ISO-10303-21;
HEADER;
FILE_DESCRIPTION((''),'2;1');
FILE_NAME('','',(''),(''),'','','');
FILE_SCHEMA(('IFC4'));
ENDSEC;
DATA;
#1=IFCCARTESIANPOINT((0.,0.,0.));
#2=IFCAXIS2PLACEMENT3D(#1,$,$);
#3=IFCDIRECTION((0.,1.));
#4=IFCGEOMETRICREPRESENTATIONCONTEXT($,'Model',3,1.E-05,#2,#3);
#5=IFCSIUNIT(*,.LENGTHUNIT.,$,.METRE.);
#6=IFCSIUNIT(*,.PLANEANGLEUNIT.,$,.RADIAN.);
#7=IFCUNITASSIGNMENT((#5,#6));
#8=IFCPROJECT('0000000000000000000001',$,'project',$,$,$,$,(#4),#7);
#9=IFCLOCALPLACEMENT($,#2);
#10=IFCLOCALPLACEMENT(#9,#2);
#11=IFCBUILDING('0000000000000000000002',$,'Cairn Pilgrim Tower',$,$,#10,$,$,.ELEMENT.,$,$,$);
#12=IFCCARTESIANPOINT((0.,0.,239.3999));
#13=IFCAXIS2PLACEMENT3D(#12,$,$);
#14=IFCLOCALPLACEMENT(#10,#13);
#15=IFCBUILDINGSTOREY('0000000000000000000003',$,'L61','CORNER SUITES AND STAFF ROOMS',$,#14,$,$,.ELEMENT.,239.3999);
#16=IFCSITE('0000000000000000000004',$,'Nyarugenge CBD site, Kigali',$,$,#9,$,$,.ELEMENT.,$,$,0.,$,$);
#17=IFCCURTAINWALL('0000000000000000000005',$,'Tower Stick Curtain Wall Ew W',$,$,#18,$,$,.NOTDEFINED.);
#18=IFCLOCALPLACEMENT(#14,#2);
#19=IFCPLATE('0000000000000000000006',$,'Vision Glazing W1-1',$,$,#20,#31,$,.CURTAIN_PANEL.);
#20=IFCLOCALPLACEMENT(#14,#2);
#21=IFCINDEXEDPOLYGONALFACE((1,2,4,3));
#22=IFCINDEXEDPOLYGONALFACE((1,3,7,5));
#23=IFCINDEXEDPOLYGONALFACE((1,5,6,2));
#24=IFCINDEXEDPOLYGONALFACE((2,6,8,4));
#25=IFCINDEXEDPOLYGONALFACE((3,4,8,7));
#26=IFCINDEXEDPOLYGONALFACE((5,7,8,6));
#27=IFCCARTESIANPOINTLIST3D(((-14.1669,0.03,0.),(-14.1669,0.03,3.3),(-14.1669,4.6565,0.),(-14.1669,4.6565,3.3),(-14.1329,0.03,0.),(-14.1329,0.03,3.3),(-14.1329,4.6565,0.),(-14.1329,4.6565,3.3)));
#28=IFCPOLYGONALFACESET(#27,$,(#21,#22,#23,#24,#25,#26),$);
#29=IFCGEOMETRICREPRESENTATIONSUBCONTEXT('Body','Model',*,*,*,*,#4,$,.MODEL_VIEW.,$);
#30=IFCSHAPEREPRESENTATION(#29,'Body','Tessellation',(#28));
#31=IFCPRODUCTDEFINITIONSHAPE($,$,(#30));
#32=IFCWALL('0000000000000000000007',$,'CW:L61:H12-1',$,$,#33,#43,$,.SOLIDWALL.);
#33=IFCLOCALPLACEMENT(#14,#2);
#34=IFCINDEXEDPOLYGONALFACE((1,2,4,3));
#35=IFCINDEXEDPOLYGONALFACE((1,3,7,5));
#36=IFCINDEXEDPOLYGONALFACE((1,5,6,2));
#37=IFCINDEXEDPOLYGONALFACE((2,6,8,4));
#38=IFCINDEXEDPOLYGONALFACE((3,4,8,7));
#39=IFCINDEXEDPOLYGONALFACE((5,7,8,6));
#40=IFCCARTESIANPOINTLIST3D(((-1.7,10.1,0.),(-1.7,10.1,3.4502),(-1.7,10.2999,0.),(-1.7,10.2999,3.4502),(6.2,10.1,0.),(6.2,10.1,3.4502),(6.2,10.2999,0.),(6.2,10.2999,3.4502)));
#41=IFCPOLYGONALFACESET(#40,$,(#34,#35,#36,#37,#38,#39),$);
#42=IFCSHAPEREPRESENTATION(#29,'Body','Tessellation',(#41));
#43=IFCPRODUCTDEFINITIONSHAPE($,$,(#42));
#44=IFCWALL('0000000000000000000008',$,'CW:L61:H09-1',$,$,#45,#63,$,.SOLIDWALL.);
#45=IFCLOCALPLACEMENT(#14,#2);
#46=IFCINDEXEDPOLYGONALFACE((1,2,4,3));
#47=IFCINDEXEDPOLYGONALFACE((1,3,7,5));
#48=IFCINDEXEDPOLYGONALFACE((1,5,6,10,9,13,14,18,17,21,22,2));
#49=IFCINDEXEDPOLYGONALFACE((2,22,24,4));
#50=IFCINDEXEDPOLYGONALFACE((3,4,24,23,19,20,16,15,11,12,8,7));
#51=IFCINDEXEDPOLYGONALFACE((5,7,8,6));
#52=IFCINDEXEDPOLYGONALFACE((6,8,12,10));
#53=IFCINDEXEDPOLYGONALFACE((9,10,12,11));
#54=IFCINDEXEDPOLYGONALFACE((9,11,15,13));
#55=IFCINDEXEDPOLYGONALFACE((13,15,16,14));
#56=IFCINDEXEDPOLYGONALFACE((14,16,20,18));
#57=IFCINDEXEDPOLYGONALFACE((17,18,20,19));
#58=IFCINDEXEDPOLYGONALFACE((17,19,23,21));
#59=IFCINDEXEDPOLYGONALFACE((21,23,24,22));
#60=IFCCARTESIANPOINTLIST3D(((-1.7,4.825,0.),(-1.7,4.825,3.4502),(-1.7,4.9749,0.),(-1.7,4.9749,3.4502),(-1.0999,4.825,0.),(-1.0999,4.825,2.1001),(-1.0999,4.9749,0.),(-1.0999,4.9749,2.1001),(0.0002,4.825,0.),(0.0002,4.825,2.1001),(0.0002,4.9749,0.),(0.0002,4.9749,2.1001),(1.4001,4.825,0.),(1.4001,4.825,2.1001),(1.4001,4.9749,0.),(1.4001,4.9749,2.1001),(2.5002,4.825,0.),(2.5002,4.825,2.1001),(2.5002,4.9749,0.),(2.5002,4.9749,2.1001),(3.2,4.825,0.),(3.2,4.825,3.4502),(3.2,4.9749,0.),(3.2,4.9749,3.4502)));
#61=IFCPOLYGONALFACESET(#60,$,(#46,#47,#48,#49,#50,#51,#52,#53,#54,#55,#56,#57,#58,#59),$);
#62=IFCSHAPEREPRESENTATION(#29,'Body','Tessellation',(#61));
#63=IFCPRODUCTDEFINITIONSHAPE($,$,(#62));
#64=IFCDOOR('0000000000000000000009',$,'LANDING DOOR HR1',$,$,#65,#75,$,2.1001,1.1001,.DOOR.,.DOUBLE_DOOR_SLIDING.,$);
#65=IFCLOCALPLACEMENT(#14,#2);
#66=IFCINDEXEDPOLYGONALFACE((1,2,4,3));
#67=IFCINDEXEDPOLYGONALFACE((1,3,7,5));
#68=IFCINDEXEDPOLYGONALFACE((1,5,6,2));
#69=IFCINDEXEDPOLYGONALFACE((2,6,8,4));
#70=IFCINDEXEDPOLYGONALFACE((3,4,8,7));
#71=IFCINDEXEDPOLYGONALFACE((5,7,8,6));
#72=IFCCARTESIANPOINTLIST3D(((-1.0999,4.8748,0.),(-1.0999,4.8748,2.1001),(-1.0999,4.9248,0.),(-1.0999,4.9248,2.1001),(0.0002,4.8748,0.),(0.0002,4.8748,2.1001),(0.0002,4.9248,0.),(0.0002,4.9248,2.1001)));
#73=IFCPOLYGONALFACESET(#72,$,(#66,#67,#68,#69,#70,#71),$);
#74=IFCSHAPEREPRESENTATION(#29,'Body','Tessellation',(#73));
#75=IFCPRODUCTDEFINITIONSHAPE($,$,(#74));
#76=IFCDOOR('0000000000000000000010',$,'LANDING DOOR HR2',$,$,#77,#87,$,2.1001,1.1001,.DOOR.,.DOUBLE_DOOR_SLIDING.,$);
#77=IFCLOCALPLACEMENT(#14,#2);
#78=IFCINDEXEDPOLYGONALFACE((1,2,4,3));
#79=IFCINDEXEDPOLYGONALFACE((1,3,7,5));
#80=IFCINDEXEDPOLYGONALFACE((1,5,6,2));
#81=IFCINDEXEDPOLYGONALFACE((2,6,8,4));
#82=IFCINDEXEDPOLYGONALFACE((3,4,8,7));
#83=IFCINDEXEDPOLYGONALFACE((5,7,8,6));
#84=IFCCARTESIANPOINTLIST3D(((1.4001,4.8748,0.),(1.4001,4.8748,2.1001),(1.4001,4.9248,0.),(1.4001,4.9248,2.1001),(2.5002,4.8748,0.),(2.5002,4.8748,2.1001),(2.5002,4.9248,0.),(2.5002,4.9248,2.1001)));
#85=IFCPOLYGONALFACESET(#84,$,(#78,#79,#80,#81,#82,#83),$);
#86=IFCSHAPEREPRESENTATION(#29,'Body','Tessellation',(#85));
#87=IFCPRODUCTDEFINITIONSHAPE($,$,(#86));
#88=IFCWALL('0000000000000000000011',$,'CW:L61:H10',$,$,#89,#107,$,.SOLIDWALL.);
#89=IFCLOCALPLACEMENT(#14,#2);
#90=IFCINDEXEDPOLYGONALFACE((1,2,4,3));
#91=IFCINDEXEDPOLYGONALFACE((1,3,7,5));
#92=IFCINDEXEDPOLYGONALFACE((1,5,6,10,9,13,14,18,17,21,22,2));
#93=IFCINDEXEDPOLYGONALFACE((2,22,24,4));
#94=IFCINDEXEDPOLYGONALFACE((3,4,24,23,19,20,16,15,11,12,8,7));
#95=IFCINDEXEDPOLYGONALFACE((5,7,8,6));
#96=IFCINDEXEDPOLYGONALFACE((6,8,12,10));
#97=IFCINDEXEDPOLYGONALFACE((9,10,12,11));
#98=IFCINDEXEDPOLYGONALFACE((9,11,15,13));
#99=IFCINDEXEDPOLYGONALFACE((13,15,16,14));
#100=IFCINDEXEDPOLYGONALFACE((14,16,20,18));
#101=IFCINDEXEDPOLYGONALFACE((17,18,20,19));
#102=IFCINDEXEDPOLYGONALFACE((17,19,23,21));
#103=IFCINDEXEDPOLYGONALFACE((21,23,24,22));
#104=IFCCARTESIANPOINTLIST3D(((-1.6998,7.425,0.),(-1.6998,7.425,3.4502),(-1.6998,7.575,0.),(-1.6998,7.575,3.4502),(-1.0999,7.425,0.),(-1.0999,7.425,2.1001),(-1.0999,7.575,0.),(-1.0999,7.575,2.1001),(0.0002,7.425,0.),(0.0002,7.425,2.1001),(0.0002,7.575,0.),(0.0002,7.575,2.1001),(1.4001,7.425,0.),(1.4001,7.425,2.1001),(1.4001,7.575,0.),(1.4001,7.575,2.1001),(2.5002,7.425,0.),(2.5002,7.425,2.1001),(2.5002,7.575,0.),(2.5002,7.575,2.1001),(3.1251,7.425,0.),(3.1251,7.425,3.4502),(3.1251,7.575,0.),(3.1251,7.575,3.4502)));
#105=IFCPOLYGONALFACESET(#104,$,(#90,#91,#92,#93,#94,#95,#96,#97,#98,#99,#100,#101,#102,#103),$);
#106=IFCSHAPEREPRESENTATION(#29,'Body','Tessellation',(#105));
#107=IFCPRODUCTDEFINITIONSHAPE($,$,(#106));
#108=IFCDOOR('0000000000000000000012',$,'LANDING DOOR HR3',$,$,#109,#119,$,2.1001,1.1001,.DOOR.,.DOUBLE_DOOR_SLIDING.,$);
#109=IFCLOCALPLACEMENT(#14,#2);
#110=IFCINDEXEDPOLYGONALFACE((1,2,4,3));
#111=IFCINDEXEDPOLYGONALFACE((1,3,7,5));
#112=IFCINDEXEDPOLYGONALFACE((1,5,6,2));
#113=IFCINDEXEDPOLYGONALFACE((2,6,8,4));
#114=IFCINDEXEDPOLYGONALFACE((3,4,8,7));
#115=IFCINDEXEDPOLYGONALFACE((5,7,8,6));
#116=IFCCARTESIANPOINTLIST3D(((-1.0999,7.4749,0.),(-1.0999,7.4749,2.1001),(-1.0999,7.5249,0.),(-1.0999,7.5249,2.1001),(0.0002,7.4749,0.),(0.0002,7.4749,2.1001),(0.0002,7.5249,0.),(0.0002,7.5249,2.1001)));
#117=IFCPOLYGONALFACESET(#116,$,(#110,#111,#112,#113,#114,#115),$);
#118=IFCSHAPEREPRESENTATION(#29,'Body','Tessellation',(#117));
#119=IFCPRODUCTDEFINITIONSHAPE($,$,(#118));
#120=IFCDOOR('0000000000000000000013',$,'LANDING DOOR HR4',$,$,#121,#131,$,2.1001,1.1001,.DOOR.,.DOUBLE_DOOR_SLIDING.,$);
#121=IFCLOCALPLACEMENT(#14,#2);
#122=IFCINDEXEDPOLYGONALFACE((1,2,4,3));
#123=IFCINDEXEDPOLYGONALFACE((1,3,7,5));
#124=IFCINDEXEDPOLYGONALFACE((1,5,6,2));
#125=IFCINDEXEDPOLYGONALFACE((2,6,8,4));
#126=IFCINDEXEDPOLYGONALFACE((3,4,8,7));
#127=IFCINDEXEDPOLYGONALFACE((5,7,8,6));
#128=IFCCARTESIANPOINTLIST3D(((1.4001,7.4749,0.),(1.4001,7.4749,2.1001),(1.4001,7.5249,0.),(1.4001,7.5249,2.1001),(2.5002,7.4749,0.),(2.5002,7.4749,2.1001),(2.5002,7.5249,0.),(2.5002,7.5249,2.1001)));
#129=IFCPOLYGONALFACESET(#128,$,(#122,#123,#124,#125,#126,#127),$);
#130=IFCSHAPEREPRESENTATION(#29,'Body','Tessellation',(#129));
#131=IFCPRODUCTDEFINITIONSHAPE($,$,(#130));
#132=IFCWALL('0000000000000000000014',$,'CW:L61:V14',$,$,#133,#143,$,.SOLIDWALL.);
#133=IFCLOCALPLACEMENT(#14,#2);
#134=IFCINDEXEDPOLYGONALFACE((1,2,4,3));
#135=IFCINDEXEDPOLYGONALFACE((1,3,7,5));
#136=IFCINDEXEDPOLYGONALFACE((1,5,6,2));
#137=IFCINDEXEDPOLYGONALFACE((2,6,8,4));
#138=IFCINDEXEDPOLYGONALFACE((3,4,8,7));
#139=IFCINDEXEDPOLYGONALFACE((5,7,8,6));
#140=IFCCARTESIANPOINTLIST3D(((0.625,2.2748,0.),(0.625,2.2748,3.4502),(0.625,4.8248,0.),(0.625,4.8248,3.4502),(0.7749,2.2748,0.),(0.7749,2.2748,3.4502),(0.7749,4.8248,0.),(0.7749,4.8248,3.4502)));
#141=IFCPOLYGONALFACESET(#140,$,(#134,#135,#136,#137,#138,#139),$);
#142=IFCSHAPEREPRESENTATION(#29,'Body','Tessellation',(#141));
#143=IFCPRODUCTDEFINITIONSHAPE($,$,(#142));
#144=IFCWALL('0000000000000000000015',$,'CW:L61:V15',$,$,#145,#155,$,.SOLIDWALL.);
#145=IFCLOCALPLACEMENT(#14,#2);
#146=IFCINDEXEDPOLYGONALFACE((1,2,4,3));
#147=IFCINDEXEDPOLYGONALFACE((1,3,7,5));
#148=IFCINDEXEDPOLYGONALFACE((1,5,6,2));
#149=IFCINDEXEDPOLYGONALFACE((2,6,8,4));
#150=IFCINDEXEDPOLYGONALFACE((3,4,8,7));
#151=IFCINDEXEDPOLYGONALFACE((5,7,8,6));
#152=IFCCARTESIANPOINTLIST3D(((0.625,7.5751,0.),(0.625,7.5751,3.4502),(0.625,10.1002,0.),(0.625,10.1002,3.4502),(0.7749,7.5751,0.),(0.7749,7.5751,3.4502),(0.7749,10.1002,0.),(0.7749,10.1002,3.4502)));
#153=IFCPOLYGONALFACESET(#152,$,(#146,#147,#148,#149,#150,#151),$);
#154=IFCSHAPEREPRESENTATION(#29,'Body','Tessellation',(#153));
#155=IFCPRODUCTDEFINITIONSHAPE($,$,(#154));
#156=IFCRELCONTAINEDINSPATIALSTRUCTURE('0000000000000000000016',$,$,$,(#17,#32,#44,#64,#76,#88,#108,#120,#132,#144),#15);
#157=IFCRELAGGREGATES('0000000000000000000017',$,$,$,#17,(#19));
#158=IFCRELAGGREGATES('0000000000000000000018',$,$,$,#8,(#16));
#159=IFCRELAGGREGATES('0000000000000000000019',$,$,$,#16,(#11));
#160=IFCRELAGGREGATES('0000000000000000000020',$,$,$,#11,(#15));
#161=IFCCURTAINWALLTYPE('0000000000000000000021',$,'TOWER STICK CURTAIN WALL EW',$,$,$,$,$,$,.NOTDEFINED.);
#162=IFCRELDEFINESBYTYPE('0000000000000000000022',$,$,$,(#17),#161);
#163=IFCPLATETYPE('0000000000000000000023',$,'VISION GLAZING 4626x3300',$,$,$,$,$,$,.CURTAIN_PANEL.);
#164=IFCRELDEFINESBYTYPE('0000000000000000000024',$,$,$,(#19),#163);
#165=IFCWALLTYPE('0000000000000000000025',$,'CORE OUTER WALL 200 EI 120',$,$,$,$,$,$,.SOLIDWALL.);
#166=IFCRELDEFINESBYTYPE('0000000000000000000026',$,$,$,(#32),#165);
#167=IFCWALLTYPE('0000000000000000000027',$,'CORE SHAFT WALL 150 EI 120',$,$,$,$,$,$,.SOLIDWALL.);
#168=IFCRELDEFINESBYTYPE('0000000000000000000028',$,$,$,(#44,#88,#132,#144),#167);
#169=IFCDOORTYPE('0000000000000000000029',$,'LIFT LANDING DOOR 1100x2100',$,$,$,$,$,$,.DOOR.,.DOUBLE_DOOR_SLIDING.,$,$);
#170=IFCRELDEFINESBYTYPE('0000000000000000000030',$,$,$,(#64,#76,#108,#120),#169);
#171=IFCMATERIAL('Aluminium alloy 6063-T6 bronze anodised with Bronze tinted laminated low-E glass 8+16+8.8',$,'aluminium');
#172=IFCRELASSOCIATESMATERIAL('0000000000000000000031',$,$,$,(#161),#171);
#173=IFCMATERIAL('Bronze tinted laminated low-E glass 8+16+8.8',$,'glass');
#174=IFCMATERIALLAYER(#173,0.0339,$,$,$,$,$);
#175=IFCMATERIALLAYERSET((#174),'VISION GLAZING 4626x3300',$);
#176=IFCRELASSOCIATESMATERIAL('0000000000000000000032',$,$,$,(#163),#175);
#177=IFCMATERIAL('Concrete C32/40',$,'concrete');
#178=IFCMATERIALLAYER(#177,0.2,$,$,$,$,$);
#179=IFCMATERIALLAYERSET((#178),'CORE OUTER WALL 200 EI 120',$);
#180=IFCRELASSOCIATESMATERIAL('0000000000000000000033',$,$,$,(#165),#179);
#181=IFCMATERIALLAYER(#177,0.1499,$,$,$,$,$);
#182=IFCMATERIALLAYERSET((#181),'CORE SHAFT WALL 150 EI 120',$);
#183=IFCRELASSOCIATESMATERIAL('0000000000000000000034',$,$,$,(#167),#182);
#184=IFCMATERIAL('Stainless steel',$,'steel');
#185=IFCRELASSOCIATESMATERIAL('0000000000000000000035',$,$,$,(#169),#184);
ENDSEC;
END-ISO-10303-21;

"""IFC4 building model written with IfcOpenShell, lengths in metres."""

from ifc_helpers import new_model, si_unit, direction, frame, frame_2d, origin, origin_2d, place, context, subcontext, project, spatial, rectangle, extrude, material, layer, layer_set, type_object, element, fill, aggregate, save


model = new_model("IFC4")

# Units and contexts
model_context = context("Model", 3, precision=1e-05, world=origin(), true_north=direction((0.0, 1.0)))
body_context = subcontext(model_context, "Body", "Model", "MODEL_VIEW")
ifc_project = project(units=[si_unit("LENGTHUNIT", "METRE"), si_unit("PLANEANGLEUNIT", "RADIAN")], contexts=[model_context])

# Site, building, storey
site_placement = place(None, origin())
site = spatial("IfcSite", under=ifc_project, at=site_placement, Name="Nyarugenge CBD site, Kigali", CompositionType="ELEMENT", RefElevation=0.0)
building_placement = place(site_placement, origin())
building = spatial("IfcBuilding", under=site, at=building_placement, Name="Cairn Pilgrim Tower", CompositionType="ELEMENT")
storey_placement = place(building_placement, frame((0.0, 0.0, 239.3999)))
storey = spatial("IfcBuildingStorey", under=building, at=storey_placement, Name="L61", Description="CORNER SUITES AND STAFF ROOMS", CompositionType="ELEMENT", Elevation=239.3999)

# Curtain wall
ifc_material_1 = material(Name="Aluminium alloy 6063-T6 bronze anodised with Bronze tinted laminated low-E glass 8+16+8.8", Category="aluminium")
curtain_wall_type_1 = type_object("IfcCurtainWallType", Name="TOWER STICK CURTAIN WALL EW", PredefinedType="NOTDEFINED", material=ifc_material_1)
curtain_wall_1_placement = place(storey_placement, origin())
curtain_wall_1 = element("IfcCurtainWall", 1, at=curtain_wall_1_placement, inside=storey, type_object=curtain_wall_type_1, Name="Tower Stick Curtain Wall Ew W", PredefinedType="NOTDEFINED")

# Plate
ifc_material_2 = material(Name="Bronze tinted laminated low-E glass 8+16+8.8", Category="glass")
ifc_layer_1 = layer(ifc_material_2, 0.0339)
ifc_layer_set_1 = layer_set([ifc_layer_1], Name="VISION GLAZING 4626x3300")
plate_type_1 = type_object("IfcPlateType", Name="VISION GLAZING 4626x3300", PredefinedType="CURTAIN_PANEL", material=ifc_layer_set_1)
plate_1_placement = place(storey_placement, frame((-14.1499, 2.3433, 0.0), z_axis=(0.0, 0.0, 1.0), x_axis=(0.0, -1.0, 0.0)))
plate_1 = element("IfcPlate", 2, at=plate_1_placement, type_object=plate_type_1, Name="Vision Glazing W1-1", PredefinedType="CURTAIN_PANEL", context=body_context, shape_type="SweptSolid", body=[
    extrude(rectangle(XDim=4.6265, YDim=0.0339, at=origin_2d()), origin(), (0.0, 0.0, 1.0), 3.3),
])
aggregate(curtain_wall_1, [plate_1])

# Wall
ifc_material_3 = material(Name="Concrete C32/40", Category="concrete")
ifc_layer_2 = layer(ifc_material_3, 0.2)
ifc_layer_set_2 = layer_set([ifc_layer_2], Name="CORE OUTER WALL 200 EI 120")
wall_type_1 = type_object("IfcWallType", Name="CORE OUTER WALL 200 EI 120", PredefinedType="SOLIDWALL", material=ifc_layer_set_2)
wall_1_placement = place(storey_placement, frame((-1.7, 10.2, 0.0), z_axis=(0.0, 0.0, 1.0), x_axis=(1.0, 0.0, 0.0)))
element("IfcWall", 3, at=wall_1_placement, inside=storey, type_object=wall_type_1, Name="CW:L61:H12-1", PredefinedType="SOLIDWALL", context=body_context, shape_type="SweptSolid", body=[
    extrude(rectangle(XDim=7.8999, YDim=0.2, at=frame_2d((3.95, 0.0))), origin(), (0.0, 0.0, 1.0), 3.4502),
])

# Walls, openings, doors
ifc_layer_3 = layer(ifc_material_3, 0.1499)
ifc_layer_set_3 = layer_set([ifc_layer_3], Name="CORE SHAFT WALL 150 EI 120")
wall_type_2 = type_object("IfcWallType", Name="CORE SHAFT WALL 150 EI 120", PredefinedType="SOLIDWALL", material=ifc_layer_set_3)
wall_2_placement = place(storey_placement, frame((-1.7, 4.8999, 0.0), z_axis=(0.0, 0.0, 1.0), x_axis=(1.0, 0.0, 0.0)))
wall_2 = element("IfcWall", 4, at=wall_2_placement, inside=storey, type_object=wall_type_2, Name="CW:L61:H09-1", PredefinedType="SOLIDWALL", context=body_context, shape_type="SweptSolid", body=[
    extrude(rectangle(XDim=4.8999, YDim=0.1499, at=frame_2d((2.45, 0.0))), origin(), (0.0, 0.0, 1.0), 3.4502),
])
opening_1_placement = place(wall_2_placement, frame((0.6001, 0.0, 0.0)))
opening_1 = element("IfcOpeningElement", 5, at=opening_1_placement, cuts=wall_2, PredefinedType="OPENING", context=body_context, shape_type="SweptSolid", body=[
    extrude(rectangle(XDim=1.1001, YDim=2.1001, at=frame_2d((0.55, 1.05))), frame((0.0, 0.085, 0.0), z_axis=(0.0, -1.0, 0.0), x_axis=(1.0, 0.0, 0.0)), (0.0, 0.0, 1.0), 0.1699),
])
opening_2_placement = place(wall_2_placement, frame((3.1001, 0.0, 0.0)))
opening_2 = element("IfcOpeningElement", 6, at=opening_2_placement, cuts=wall_2, PredefinedType="OPENING", context=body_context, shape_type="SweptSolid", body=[
    extrude(rectangle(XDim=1.1001, YDim=2.1001, at=frame_2d((0.55, 1.05))), frame((0.0, 0.085, 0.0), z_axis=(0.0, -1.0, 0.0), x_axis=(1.0, 0.0, 0.0)), (0.0, 0.0, 1.0), 0.1699),
])
ifc_material_4 = material(Name="Stainless steel", Category="steel")
door_type_1 = type_object("IfcDoorType", Name="LIFT LANDING DOOR 1100x2100", OperationType="DOUBLE_DOOR_SLIDING", PredefinedType="DOOR", material=ifc_material_4)
door_1_placement = place(opening_1_placement, origin())
door_1 = element("IfcDoor", 7, at=door_1_placement, inside=storey, type_object=door_type_1, Name="LANDING DOOR HR1", OperationType="DOUBLE_DOOR_SLIDING", OverallHeight=2.1001, OverallWidth=1.1001, PredefinedType="DOOR", context=body_context, shape_type="SweptSolid", body=[
    extrude(rectangle(XDim=1.1001, YDim=2.1001, at=frame_2d((0.55, 1.05))), frame((0.0, 0.0249, 0.0), z_axis=(0.0, -1.0, 0.0), x_axis=(1.0, 0.0, 0.0)), (0.0, 0.0, 1.0), 0.05),
])
fill(opening_1, door_1)
door_2_placement = place(opening_2_placement, origin())
door_2 = element("IfcDoor", 8, at=door_2_placement, inside=storey, type_object=door_type_1, Name="LANDING DOOR HR2", OperationType="DOUBLE_DOOR_SLIDING", OverallHeight=2.1001, OverallWidth=1.1001, PredefinedType="DOOR", context=body_context, shape_type="SweptSolid", body=[
    extrude(rectangle(XDim=1.1001, YDim=2.1001, at=frame_2d((0.55, 1.05))), frame((0.0, 0.0249, 0.0), z_axis=(0.0, -1.0, 0.0), x_axis=(1.0, 0.0, 0.0)), (0.0, 0.0, 1.0), 0.05),
])
fill(opening_2, door_2)
wall_3_placement = place(storey_placement, frame((-1.7, 7.5, 0.0), z_axis=(0.0, 0.0, 1.0), x_axis=(1.0, 0.0, 0.0)))
wall_3 = element("IfcWall", 9, at=wall_3_placement, inside=storey, type_object=wall_type_2, Name="CW:L61:H10", PredefinedType="SOLIDWALL", context=body_context, shape_type="SweptSolid", body=[
    extrude(rectangle(XDim=4.825, YDim=0.1499, at=frame_2d((2.4126, 0.0))), origin(), (0.0, 0.0, 1.0), 3.4502),
])
opening_3_placement = place(wall_3_placement, frame((0.6001, 0.0, 0.0)))
opening_3 = element("IfcOpeningElement", 10, at=opening_3_placement, cuts=wall_3, PredefinedType="OPENING", context=body_context, shape_type="SweptSolid", body=[
    extrude(rectangle(XDim=1.1001, YDim=2.1001, at=frame_2d((0.55, 1.05))), frame((0.0, 0.085, 0.0), z_axis=(0.0, -1.0, 0.0), x_axis=(1.0, 0.0, 0.0)), (0.0, 0.0, 1.0), 0.1699),
])
opening_4_placement = place(wall_3_placement, frame((3.1001, 0.0, 0.0)))
opening_4 = element("IfcOpeningElement", 11, at=opening_4_placement, cuts=wall_3, PredefinedType="OPENING", context=body_context, shape_type="SweptSolid", body=[
    extrude(rectangle(XDim=1.1001, YDim=2.1001, at=frame_2d((0.55, 1.05))), frame((0.0, 0.085, 0.0), z_axis=(0.0, -1.0, 0.0), x_axis=(1.0, 0.0, 0.0)), (0.0, 0.0, 1.0), 0.1699),
])
door_3_placement = place(opening_3_placement, origin())
door_3 = element("IfcDoor", 12, at=door_3_placement, inside=storey, type_object=door_type_1, Name="LANDING DOOR HR3", OperationType="DOUBLE_DOOR_SLIDING", OverallHeight=2.1001, OverallWidth=1.1001, PredefinedType="DOOR", context=body_context, shape_type="SweptSolid", body=[
    extrude(rectangle(XDim=1.1001, YDim=2.1001, at=frame_2d((0.55, 1.05))), frame((0.0, 0.0249, 0.0), z_axis=(0.0, -1.0, 0.0), x_axis=(1.0, 0.0, 0.0)), (0.0, 0.0, 1.0), 0.05),
])
fill(opening_3, door_3)
door_4_placement = place(opening_4_placement, origin())
door_4 = element("IfcDoor", 13, at=door_4_placement, inside=storey, type_object=door_type_1, Name="LANDING DOOR HR4", OperationType="DOUBLE_DOOR_SLIDING", OverallHeight=2.1001, OverallWidth=1.1001, PredefinedType="DOOR", context=body_context, shape_type="SweptSolid", body=[
    extrude(rectangle(XDim=1.1001, YDim=2.1001, at=frame_2d((0.55, 1.05))), frame((0.0, 0.0249, 0.0), z_axis=(0.0, -1.0, 0.0), x_axis=(1.0, 0.0, 0.0)), (0.0, 0.0, 1.0), 0.05),
])
fill(opening_4, door_4)

# Walls
wall_4_placement = place(storey_placement, frame((0.7, 2.2749, 0.0), z_axis=(0.0, 0.0, 1.0), x_axis=(0.0, 1.0, 0.0)))
element("IfcWall", 14, at=wall_4_placement, inside=storey, type_object=wall_type_2, Name="CW:L61:V14", PredefinedType="SOLIDWALL", context=body_context, shape_type="SweptSolid", body=[
    extrude(rectangle(XDim=2.55, YDim=0.1499, at=frame_2d((1.2749, 0.0))), origin(), (0.0, 0.0, 1.0), 3.4502),
])
wall_5_placement = place(storey_placement, frame((0.7, 7.575, 0.0), z_axis=(0.0, 0.0, 1.0), x_axis=(0.0, 1.0, 0.0)))
element("IfcWall", 15, at=wall_5_placement, inside=storey, type_object=wall_type_2, Name="CW:L61:V15", PredefinedType="SOLIDWALL", context=body_context, shape_type="SweptSolid", body=[
    extrude(rectangle(XDim=2.5251, YDim=0.1499, at=frame_2d((1.2627, 0.0))), origin(), (0.0, 0.0, 1.0), 3.4502),
])

save(model, "model.ifc")
